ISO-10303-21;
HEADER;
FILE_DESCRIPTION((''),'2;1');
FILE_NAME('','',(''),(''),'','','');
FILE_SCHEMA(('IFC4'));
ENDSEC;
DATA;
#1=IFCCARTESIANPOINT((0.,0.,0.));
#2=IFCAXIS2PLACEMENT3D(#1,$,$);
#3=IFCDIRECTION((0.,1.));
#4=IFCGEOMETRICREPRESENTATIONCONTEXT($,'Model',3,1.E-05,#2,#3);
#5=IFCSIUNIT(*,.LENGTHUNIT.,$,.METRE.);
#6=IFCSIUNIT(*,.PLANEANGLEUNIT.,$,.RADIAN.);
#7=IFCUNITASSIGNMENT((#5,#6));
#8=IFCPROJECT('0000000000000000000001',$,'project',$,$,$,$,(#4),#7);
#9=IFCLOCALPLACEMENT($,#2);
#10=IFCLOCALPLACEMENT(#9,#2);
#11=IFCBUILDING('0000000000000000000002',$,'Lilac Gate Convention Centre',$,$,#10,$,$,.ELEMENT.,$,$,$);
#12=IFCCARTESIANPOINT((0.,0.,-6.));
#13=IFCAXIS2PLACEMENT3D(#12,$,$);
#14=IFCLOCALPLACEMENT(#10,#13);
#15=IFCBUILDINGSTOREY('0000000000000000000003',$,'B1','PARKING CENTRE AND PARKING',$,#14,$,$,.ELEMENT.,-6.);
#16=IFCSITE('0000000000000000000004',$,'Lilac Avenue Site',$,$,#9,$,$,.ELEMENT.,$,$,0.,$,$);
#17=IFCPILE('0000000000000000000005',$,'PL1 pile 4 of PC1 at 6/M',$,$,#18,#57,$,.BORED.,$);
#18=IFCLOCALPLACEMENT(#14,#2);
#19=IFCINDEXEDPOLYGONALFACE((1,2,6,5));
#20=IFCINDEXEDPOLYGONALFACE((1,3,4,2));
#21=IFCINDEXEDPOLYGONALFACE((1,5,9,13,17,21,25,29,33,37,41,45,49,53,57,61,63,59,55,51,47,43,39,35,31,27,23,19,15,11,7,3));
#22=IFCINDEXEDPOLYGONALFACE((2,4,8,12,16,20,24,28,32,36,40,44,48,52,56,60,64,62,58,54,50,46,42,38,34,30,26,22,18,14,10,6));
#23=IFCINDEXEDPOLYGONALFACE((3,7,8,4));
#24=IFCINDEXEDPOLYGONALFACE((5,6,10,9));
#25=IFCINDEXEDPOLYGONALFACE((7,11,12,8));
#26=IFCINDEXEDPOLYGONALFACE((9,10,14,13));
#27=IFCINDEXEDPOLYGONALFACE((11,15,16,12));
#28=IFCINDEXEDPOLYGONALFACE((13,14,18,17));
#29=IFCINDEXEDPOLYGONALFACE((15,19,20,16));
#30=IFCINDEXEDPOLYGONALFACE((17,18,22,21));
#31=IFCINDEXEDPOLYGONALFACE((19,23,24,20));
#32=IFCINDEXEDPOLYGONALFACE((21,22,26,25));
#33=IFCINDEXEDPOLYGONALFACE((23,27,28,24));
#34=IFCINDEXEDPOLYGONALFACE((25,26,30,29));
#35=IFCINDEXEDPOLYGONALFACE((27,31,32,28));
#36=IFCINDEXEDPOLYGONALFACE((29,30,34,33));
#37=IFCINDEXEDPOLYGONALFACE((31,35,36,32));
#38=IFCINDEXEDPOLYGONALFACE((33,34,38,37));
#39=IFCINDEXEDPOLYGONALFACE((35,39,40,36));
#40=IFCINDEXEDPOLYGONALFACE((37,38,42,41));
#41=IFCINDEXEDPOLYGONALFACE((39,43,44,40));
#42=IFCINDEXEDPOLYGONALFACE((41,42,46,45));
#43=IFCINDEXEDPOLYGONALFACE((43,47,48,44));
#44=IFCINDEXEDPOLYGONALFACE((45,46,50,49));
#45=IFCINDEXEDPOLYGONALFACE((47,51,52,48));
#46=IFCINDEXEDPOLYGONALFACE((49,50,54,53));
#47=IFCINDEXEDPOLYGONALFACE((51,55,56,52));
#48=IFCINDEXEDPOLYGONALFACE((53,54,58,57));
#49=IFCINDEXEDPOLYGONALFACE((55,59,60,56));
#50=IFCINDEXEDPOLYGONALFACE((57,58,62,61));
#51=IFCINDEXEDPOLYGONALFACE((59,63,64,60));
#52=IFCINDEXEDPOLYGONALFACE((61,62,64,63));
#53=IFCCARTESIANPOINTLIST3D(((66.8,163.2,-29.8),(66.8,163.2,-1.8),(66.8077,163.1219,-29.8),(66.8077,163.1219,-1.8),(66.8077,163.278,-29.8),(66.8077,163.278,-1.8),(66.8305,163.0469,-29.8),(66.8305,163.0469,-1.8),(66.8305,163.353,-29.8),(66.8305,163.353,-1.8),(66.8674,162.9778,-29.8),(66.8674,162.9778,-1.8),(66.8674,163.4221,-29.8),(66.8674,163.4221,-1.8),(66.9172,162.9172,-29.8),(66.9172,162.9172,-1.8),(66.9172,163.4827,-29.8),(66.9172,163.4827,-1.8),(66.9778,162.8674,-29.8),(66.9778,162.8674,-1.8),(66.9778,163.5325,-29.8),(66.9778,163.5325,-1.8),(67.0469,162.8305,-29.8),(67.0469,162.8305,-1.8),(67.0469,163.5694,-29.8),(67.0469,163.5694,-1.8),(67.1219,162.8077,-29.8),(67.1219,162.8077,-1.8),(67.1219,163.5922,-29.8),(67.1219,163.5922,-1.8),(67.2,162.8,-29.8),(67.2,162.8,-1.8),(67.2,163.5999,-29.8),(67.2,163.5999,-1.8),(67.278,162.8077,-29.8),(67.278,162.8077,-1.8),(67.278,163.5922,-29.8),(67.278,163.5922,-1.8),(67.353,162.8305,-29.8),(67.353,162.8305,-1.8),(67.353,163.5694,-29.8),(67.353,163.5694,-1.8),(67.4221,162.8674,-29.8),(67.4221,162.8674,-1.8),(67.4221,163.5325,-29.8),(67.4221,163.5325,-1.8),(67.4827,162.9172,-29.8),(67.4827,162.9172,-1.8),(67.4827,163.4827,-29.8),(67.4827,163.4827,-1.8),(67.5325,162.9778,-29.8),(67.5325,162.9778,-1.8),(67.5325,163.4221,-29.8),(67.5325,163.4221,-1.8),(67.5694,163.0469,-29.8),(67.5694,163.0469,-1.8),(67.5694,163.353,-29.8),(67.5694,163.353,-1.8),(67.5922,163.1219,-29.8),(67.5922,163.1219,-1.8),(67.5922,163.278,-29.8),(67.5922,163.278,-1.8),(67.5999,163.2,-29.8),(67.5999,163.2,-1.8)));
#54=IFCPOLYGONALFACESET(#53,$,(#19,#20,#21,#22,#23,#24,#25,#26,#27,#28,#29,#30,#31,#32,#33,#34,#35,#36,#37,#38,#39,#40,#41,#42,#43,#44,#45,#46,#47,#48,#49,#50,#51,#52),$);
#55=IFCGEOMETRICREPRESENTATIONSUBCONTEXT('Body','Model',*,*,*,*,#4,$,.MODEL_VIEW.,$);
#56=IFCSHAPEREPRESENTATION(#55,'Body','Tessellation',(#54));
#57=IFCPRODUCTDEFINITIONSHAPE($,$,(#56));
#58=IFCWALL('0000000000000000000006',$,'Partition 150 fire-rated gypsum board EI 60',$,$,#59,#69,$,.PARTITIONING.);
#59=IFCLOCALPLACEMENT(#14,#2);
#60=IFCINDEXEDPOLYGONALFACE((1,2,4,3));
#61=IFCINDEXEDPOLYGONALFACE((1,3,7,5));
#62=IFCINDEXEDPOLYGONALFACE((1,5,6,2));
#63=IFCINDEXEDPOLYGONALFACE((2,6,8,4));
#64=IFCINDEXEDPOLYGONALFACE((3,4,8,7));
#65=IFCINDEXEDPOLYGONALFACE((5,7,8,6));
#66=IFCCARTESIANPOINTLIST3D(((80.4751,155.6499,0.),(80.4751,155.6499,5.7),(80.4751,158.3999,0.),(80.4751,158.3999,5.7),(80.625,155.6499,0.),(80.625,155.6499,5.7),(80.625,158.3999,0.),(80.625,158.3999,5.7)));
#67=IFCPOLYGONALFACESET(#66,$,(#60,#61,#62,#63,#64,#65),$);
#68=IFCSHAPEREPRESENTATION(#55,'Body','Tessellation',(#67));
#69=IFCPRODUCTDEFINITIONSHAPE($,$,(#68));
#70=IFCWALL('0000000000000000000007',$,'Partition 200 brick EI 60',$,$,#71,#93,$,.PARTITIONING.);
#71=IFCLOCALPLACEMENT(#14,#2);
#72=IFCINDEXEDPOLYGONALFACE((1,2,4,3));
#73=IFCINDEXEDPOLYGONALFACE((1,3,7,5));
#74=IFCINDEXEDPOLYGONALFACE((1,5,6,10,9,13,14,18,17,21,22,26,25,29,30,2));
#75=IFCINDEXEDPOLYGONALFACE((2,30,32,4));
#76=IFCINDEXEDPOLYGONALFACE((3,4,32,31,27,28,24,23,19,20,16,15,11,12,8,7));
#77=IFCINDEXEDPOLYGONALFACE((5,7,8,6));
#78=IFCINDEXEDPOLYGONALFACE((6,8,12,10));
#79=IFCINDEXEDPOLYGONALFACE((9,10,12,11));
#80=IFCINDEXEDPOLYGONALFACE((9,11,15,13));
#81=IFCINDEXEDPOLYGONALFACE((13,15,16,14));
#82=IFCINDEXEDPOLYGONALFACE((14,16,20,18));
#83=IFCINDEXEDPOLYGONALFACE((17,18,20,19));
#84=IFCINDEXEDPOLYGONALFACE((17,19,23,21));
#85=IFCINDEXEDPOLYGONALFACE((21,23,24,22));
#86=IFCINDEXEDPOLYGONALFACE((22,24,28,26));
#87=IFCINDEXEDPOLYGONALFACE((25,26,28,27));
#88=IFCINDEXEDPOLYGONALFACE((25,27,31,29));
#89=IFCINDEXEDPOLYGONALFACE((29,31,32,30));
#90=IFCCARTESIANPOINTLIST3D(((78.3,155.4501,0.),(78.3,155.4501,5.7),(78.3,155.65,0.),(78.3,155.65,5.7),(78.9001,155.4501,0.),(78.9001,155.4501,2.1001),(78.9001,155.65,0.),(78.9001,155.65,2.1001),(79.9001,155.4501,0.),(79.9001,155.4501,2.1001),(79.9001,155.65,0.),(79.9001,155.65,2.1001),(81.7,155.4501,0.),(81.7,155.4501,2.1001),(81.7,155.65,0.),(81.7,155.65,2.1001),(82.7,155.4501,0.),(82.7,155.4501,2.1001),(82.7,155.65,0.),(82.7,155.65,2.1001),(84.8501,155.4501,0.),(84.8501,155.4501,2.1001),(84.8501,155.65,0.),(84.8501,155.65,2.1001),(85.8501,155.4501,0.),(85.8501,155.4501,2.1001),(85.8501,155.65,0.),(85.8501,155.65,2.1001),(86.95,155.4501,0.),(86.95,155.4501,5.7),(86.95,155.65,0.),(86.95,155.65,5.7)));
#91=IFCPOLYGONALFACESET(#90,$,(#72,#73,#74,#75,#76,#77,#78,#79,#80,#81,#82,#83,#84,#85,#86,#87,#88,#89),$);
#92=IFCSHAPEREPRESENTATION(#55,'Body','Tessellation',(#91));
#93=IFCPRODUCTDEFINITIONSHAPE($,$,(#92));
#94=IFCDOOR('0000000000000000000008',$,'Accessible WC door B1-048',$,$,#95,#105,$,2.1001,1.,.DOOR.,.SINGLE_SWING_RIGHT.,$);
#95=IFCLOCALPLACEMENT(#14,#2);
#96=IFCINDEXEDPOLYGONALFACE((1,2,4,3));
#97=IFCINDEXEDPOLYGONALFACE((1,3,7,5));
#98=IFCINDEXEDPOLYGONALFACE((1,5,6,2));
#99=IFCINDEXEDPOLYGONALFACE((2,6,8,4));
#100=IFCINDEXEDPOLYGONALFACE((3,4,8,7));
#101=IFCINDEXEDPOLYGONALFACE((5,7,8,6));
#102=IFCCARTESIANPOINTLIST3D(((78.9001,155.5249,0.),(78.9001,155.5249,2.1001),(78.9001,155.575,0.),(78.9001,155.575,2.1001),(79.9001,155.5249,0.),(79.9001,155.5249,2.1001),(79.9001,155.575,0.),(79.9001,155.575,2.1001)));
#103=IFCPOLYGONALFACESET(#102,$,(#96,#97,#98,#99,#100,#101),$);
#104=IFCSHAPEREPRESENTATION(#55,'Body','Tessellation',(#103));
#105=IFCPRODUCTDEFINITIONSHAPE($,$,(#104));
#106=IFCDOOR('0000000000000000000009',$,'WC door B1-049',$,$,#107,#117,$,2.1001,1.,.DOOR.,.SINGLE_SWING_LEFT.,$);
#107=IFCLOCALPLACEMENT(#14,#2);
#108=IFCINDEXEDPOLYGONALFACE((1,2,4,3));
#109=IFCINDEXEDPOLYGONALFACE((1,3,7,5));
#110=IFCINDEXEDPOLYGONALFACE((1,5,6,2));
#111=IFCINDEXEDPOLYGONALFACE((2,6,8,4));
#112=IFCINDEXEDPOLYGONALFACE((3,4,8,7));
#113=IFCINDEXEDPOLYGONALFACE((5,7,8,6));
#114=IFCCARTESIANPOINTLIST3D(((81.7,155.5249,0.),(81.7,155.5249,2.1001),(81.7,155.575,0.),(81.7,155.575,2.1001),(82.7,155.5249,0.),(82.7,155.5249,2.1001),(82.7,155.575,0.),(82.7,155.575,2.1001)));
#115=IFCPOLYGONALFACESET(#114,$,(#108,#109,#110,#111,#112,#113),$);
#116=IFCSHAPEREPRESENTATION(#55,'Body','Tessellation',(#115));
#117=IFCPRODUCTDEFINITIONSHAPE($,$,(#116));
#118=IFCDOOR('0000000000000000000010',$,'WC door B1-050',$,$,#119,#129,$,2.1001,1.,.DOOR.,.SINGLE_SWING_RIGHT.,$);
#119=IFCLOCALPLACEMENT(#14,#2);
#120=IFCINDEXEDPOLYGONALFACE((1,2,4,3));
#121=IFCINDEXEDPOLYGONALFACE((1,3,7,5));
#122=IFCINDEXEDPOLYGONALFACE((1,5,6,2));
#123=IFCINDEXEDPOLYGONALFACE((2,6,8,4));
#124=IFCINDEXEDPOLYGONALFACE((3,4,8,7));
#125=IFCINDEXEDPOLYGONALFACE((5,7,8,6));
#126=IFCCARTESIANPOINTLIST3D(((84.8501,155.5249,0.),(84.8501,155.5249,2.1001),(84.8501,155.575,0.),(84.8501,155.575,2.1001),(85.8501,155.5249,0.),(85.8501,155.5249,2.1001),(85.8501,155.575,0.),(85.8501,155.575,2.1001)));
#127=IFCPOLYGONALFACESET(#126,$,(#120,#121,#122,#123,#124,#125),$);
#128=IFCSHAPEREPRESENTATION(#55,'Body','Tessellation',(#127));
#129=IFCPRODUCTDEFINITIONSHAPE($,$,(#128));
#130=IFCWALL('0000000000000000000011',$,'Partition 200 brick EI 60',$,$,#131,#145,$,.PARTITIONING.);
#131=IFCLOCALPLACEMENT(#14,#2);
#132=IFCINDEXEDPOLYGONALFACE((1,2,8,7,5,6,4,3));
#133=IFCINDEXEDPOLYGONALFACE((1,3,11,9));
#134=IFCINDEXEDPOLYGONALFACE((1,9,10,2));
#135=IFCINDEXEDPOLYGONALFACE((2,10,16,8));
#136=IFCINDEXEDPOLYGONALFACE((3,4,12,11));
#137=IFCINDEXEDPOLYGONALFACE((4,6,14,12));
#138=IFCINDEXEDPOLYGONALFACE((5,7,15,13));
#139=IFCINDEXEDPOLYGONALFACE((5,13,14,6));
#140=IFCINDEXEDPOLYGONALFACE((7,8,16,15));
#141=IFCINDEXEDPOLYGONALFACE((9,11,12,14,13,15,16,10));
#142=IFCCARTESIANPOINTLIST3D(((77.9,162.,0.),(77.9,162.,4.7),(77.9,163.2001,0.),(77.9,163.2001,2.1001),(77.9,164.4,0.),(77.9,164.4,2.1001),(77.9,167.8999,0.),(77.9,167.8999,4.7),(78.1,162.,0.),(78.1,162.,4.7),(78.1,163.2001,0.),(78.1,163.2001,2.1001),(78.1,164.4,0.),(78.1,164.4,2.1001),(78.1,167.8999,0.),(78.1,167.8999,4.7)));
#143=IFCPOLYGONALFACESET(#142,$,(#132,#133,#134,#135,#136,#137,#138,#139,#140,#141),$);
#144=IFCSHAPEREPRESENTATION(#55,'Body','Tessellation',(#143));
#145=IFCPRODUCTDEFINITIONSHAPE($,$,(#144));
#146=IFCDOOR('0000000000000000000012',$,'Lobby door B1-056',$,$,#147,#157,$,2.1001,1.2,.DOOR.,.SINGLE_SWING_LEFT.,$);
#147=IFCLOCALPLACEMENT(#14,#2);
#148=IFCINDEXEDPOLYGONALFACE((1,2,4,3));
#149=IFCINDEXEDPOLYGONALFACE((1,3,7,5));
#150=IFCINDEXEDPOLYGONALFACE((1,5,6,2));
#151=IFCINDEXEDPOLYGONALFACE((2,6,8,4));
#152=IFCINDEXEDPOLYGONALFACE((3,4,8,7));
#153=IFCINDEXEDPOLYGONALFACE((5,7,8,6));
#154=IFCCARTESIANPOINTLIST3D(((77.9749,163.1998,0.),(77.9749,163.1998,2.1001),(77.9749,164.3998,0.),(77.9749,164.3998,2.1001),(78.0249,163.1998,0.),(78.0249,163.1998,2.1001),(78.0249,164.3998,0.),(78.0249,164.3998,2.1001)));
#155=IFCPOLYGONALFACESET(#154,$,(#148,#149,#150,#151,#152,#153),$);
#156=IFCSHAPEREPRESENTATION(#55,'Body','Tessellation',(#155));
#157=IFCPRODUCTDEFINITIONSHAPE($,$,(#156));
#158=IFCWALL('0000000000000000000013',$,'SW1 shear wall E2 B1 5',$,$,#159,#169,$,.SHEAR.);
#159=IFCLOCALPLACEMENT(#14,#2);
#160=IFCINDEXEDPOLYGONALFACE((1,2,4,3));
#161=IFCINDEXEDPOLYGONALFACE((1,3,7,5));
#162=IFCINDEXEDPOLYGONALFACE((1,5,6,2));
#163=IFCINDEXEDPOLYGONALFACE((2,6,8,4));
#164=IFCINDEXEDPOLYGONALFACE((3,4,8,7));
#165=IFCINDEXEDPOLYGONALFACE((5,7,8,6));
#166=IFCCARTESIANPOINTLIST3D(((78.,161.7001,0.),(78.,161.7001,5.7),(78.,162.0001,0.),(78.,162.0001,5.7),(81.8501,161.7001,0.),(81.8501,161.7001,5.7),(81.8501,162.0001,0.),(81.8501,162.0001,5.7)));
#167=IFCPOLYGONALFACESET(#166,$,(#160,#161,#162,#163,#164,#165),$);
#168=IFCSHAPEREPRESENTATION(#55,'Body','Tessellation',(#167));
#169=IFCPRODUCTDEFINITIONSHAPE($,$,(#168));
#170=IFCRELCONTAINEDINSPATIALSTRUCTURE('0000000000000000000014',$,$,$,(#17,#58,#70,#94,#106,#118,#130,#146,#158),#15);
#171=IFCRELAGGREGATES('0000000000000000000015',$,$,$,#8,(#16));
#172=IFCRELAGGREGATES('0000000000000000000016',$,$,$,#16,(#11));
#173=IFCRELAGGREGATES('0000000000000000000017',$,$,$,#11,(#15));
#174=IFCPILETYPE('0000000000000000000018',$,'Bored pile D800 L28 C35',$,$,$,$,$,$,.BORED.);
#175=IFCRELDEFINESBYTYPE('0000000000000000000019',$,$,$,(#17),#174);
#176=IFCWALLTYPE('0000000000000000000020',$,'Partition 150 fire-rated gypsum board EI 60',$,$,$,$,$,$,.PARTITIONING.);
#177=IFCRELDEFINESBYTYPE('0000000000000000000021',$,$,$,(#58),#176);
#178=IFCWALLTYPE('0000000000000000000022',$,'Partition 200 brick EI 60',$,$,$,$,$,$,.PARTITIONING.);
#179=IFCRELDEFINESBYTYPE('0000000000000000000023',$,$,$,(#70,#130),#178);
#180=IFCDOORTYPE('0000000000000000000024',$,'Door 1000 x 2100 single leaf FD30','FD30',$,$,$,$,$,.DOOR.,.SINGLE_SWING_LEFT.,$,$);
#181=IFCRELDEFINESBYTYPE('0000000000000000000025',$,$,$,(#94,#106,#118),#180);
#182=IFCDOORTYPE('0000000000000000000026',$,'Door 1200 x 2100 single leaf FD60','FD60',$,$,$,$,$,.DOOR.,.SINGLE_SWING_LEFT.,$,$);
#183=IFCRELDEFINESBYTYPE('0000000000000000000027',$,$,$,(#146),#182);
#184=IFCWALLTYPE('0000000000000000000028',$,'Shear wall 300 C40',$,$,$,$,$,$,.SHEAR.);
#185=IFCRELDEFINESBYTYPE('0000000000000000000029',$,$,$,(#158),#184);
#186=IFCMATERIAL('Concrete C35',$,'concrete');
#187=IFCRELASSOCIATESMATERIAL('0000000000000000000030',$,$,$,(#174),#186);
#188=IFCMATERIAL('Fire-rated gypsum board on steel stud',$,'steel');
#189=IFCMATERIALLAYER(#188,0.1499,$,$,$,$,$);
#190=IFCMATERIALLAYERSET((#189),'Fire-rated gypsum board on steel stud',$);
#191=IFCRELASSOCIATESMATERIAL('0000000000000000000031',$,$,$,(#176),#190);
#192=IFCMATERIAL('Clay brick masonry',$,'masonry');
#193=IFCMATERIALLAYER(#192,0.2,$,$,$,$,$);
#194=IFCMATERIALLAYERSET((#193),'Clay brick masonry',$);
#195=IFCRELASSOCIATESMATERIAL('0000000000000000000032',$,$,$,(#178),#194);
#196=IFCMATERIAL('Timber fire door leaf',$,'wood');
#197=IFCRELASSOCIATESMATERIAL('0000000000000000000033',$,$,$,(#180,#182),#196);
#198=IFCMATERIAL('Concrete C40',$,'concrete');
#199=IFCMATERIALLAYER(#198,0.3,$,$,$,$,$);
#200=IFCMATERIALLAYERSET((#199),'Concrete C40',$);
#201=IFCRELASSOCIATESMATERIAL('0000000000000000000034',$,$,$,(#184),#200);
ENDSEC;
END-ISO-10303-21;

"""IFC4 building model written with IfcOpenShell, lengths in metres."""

from ifc_helpers import new_model, si_unit, direction, frame, frame_2d, origin, origin_2d, place, context, subcontext, project, spatial, rectangle, circle, extrude, material, layer, layer_set, material_profile, profile_set, type_object, element, fill, save


model = new_model("IFC4")

# Units and contexts
model_context = context("Model", 3, precision=1e-05, world=origin(), true_north=direction((0.0, 1.0)))
body_context = subcontext(model_context, "Body", "Model", "MODEL_VIEW")
ifc_project = project(units=[si_unit("LENGTHUNIT", "METRE"), si_unit("PLANEANGLEUNIT", "RADIAN")], contexts=[model_context])

# Site, building, storey
site_placement = place(None, origin())
site = spatial("IfcSite", under=ifc_project, at=site_placement, Name="Lilac Avenue Site", CompositionType="ELEMENT", RefElevation=0.0)
building_placement = place(site_placement, origin())
building = spatial("IfcBuilding", under=site, at=building_placement, Name="Lilac Gate Convention Centre", CompositionType="ELEMENT")
storey_placement = place(building_placement, frame((0.0, 0.0, -6.0)))
storey = spatial("IfcBuildingStorey", under=building, at=storey_placement, Name="B1", Description="PARKING CENTRE AND PARKING", CompositionType="ELEMENT", Elevation=-6.0)

# Pile
ifc_material_1 = material(Name="Concrete C35", Category="concrete")
ifc_material_profile = material_profile(ifc_material_1, circle(Radius=0.3999, at=origin_2d()), Name="D800")
ifc_profile_set = profile_set([ifc_material_profile], Name="Concrete C35")
pile_type = type_object("IfcPileType", Name="Bored pile D800 L28 C35", PredefinedType="BORED", material=ifc_profile_set)
pile_placement = place(storey_placement, frame((67.2, 163.2, -1.8), z_axis=(0.0, 0.0, -1.0), x_axis=(1.0, 0.0, 0.0)))
element("IfcPile", 1, at=pile_placement, inside=storey, type_object=pile_type, Name="PL1 pile 4 of PC1 at 6/M", PredefinedType="BORED", context=body_context, shape_type="SweptSolid", body=[
    extrude(circle(Radius=0.3999, at=origin_2d()), origin(), (0.0, 0.0, 1.0), 28.0),
])

# Wall
ifc_material_2 = material(Name="Fire-rated gypsum board on steel stud", Category="steel")
ifc_layer_1 = layer(ifc_material_2, 0.1499)
ifc_layer_set_1 = layer_set([ifc_layer_1], Name="Fire-rated gypsum board on steel stud")
wall_type_1 = type_object("IfcWallType", Name="Partition 150 fire-rated gypsum board EI 60", PredefinedType="PARTITIONING", material=ifc_layer_set_1)
wall_1_placement = place(storey_placement, frame((80.55, 155.6499, 0.0), z_axis=(0.0, 0.0, 1.0), x_axis=(0.0, 1.0, 0.0)))
element("IfcWall", 2, at=wall_1_placement, inside=storey, type_object=wall_type_1, Name="Partition 150 fire-rated gypsum board EI 60", PredefinedType="PARTITIONING", context=body_context, shape_type="SweptSolid", body=[
    extrude(rectangle(XDim=2.75, YDim=0.1499, at=frame_2d((1.375, 0.0))), origin(), (0.0, 0.0, 1.0), 5.7),
])

# Wall, openings, doors
ifc_material_3 = material(Name="Clay brick masonry", Category="masonry")
ifc_layer_2 = layer(ifc_material_3, 0.2)
ifc_layer_set_2 = layer_set([ifc_layer_2], Name="Clay brick masonry")
wall_type_2 = type_object("IfcWallType", Name="Partition 200 brick EI 60", PredefinedType="PARTITIONING", material=ifc_layer_set_2)
wall_2_placement = place(storey_placement, frame((78.3, 155.55, 0.0), z_axis=(0.0, 0.0, 1.0), x_axis=(1.0, 0.0, 0.0)))
wall_2 = element("IfcWall", 3, at=wall_2_placement, inside=storey, type_object=wall_type_2, Name="Partition 200 brick EI 60", PredefinedType="PARTITIONING", context=body_context, shape_type="SweptSolid", body=[
    extrude(rectangle(XDim=8.6499, YDim=0.2, at=frame_2d((4.325, 0.0))), origin(), (0.0, 0.0, 1.0), 5.7),
])
opening_1_placement = place(wall_2_placement, frame((0.6001, 0.0, 0.0)))
opening_1 = element("IfcOpeningElement", 4, at=opening_1_placement, cuts=wall_2, PredefinedType="OPENING", context=body_context, shape_type="SweptSolid", body=[
    extrude(rectangle(XDim=1.0, YDim=2.1001, at=frame_2d((0.5, 1.05))), frame((0.0, 0.1099, 0.0), z_axis=(0.0, -1.0, 0.0), x_axis=(1.0, 0.0, 0.0)), (0.0, 0.0, 1.0), 0.22),
])
opening_2_placement = place(wall_2_placement, frame((3.3999, 0.0, 0.0)))
opening_2 = element("IfcOpeningElement", 5, at=opening_2_placement, cuts=wall_2, PredefinedType="OPENING", context=body_context, shape_type="SweptSolid", body=[
    extrude(rectangle(XDim=1.0, YDim=2.1001, at=frame_2d((0.5, 1.05))), frame((0.0, 0.1099, 0.0), z_axis=(0.0, -1.0, 0.0), x_axis=(1.0, 0.0, 0.0)), (0.0, 0.0, 1.0), 0.22),
])
opening_3_placement = place(wall_2_placement, frame((6.55, 0.0, 0.0)))
opening_3 = element("IfcOpeningElement", 6, at=opening_3_placement, cuts=wall_2, PredefinedType="OPENING", context=body_context, shape_type="SweptSolid", body=[
    extrude(rectangle(XDim=1.0, YDim=2.1001, at=frame_2d((0.5, 1.05))), frame((0.0, 0.1099, 0.0), z_axis=(0.0, -1.0, 0.0), x_axis=(1.0, 0.0, 0.0)), (0.0, 0.0, 1.0), 0.22),
])
ifc_material_4 = material(Name="Timber fire door leaf", Category="wood")
door_type_1 = type_object("IfcDoorType", Name="Door 1000 x 2100 single leaf FD30", Description="FD30", OperationType="SINGLE_SWING_LEFT", PredefinedType="DOOR", material=ifc_material_4)
door_1_placement = place(opening_1_placement, origin())
door_1 = element("IfcDoor", 7, at=door_1_placement, inside=storey, type_object=door_type_1, Name="Accessible WC door B1-048", OperationType="SINGLE_SWING_RIGHT", OverallHeight=2.1001, OverallWidth=1.0, PredefinedType="DOOR", context=body_context, shape_type="SweptSolid", body=[
    extrude(rectangle(XDim=1.0, YDim=2.1001, at=frame_2d((0.5, 1.05))), frame((0.0, 0.0249, 0.0), z_axis=(0.0, -1.0, 0.0), x_axis=(1.0, 0.0, 0.0)), (0.0, 0.0, 1.0), 0.05),
])
fill(opening_1, door_1)
door_2_placement = place(opening_2_placement, origin())
door_2 = element("IfcDoor", 8, at=door_2_placement, inside=storey, type_object=door_type_1, Name="WC door B1-049", OperationType="SINGLE_SWING_LEFT", OverallHeight=2.1001, OverallWidth=1.0, PredefinedType="DOOR", context=body_context, shape_type="SweptSolid", body=[
    extrude(rectangle(XDim=1.0, YDim=2.1001, at=frame_2d((0.5, 1.05))), frame((0.0, 0.0249, 0.0), z_axis=(0.0, -1.0, 0.0), x_axis=(1.0, 0.0, 0.0)), (0.0, 0.0, 1.0), 0.05),
])
fill(opening_2, door_2)
door_3_placement = place(opening_3_placement, origin())
door_3 = element("IfcDoor", 9, at=door_3_placement, inside=storey, type_object=door_type_1, Name="WC door B1-050", OperationType="SINGLE_SWING_RIGHT", OverallHeight=2.1001, OverallWidth=1.0, PredefinedType="DOOR", context=body_context, shape_type="SweptSolid", body=[
    extrude(rectangle(XDim=1.0, YDim=2.1001, at=frame_2d((0.5, 1.05))), frame((0.0, 0.0249, 0.0), z_axis=(0.0, -1.0, 0.0), x_axis=(1.0, 0.0, 0.0)), (0.0, 0.0, 1.0), 0.05),
])
fill(opening_3, door_3)

# Wall, opening, door
wall_3_placement = place(storey_placement, frame((78.0, 162.0, 0.0), z_axis=(0.0, 0.0, 1.0), x_axis=(0.0, 1.0, 0.0)))
wall_3 = element("IfcWall", 10, at=wall_3_placement, inside=storey, type_object=wall_type_2, Name="Partition 200 brick EI 60", PredefinedType="PARTITIONING", context=body_context, shape_type="SweptSolid", body=[
    extrude(rectangle(XDim=5.8999, YDim=0.2, at=frame_2d((2.95, 0.0))), origin(), (0.0, 0.0, 1.0), 4.7),
])
opening_4_placement = place(wall_3_placement, frame((1.2, 0.0, 0.0)))
opening_4 = element("IfcOpeningElement", 11, at=opening_4_placement, cuts=wall_3, PredefinedType="OPENING", context=body_context, shape_type="SweptSolid", body=[
    extrude(rectangle(XDim=1.2, YDim=2.1001, at=frame_2d((0.6001, 1.05))), frame((0.0, 0.1099, 0.0), z_axis=(0.0, -1.0, 0.0), x_axis=(1.0, 0.0, 0.0)), (0.0, 0.0, 1.0), 0.22),
])
door_type_2 = type_object("IfcDoorType", Name="Door 1200 x 2100 single leaf FD60", Description="FD60", OperationType="SINGLE_SWING_LEFT", PredefinedType="DOOR", material=ifc_material_4)
door_4_placement = place(opening_4_placement, frame((1.2, 0.0, 0.0), z_axis=(0.0, 0.0, 1.0), x_axis=(-1.0, 0.0, 0.0)))
door_4 = element("IfcDoor", 12, at=door_4_placement, inside=storey, type_object=door_type_2, Name="Lobby door B1-056", OperationType="SINGLE_SWING_LEFT", OverallHeight=2.1001, OverallWidth=1.2, PredefinedType="DOOR", context=body_context, shape_type="SweptSolid", body=[
    extrude(rectangle(XDim=1.2, YDim=2.1001, at=frame_2d((0.6001, 1.05))), frame((0.0, 0.0249, 0.0), z_axis=(0.0, -1.0, 0.0), x_axis=(1.0, 0.0, 0.0)), (0.0, 0.0, 1.0), 0.05),
])
fill(opening_4, door_4)

# Wall
ifc_material_5 = material(Name="Concrete C40", Category="concrete")
ifc_layer_3 = layer(ifc_material_5, 0.3)
ifc_layer_set_3 = layer_set([ifc_layer_3], Name="Concrete C40")
wall_type_3 = type_object("IfcWallType", Name="Shear wall 300 C40", PredefinedType="SHEAR", material=ifc_layer_set_3)
wall_4_placement = place(storey_placement, frame((81.8501, 161.8501, 0.0), z_axis=(0.0, 0.0, 1.0), x_axis=(-1.0, 0.0, 0.0)))
element("IfcWall", 13, at=wall_4_placement, inside=storey, type_object=wall_type_3, Name="SW1 shear wall E2 B1 5", PredefinedType="SHEAR", context=body_context, shape_type="SweptSolid", body=[
    extrude(rectangle(XDim=3.8501, YDim=0.3, at=frame_2d((1.925, 0.0))), origin(), (0.0, 0.0, 1.0), 5.7),
])

save(model, "model.ifc")
